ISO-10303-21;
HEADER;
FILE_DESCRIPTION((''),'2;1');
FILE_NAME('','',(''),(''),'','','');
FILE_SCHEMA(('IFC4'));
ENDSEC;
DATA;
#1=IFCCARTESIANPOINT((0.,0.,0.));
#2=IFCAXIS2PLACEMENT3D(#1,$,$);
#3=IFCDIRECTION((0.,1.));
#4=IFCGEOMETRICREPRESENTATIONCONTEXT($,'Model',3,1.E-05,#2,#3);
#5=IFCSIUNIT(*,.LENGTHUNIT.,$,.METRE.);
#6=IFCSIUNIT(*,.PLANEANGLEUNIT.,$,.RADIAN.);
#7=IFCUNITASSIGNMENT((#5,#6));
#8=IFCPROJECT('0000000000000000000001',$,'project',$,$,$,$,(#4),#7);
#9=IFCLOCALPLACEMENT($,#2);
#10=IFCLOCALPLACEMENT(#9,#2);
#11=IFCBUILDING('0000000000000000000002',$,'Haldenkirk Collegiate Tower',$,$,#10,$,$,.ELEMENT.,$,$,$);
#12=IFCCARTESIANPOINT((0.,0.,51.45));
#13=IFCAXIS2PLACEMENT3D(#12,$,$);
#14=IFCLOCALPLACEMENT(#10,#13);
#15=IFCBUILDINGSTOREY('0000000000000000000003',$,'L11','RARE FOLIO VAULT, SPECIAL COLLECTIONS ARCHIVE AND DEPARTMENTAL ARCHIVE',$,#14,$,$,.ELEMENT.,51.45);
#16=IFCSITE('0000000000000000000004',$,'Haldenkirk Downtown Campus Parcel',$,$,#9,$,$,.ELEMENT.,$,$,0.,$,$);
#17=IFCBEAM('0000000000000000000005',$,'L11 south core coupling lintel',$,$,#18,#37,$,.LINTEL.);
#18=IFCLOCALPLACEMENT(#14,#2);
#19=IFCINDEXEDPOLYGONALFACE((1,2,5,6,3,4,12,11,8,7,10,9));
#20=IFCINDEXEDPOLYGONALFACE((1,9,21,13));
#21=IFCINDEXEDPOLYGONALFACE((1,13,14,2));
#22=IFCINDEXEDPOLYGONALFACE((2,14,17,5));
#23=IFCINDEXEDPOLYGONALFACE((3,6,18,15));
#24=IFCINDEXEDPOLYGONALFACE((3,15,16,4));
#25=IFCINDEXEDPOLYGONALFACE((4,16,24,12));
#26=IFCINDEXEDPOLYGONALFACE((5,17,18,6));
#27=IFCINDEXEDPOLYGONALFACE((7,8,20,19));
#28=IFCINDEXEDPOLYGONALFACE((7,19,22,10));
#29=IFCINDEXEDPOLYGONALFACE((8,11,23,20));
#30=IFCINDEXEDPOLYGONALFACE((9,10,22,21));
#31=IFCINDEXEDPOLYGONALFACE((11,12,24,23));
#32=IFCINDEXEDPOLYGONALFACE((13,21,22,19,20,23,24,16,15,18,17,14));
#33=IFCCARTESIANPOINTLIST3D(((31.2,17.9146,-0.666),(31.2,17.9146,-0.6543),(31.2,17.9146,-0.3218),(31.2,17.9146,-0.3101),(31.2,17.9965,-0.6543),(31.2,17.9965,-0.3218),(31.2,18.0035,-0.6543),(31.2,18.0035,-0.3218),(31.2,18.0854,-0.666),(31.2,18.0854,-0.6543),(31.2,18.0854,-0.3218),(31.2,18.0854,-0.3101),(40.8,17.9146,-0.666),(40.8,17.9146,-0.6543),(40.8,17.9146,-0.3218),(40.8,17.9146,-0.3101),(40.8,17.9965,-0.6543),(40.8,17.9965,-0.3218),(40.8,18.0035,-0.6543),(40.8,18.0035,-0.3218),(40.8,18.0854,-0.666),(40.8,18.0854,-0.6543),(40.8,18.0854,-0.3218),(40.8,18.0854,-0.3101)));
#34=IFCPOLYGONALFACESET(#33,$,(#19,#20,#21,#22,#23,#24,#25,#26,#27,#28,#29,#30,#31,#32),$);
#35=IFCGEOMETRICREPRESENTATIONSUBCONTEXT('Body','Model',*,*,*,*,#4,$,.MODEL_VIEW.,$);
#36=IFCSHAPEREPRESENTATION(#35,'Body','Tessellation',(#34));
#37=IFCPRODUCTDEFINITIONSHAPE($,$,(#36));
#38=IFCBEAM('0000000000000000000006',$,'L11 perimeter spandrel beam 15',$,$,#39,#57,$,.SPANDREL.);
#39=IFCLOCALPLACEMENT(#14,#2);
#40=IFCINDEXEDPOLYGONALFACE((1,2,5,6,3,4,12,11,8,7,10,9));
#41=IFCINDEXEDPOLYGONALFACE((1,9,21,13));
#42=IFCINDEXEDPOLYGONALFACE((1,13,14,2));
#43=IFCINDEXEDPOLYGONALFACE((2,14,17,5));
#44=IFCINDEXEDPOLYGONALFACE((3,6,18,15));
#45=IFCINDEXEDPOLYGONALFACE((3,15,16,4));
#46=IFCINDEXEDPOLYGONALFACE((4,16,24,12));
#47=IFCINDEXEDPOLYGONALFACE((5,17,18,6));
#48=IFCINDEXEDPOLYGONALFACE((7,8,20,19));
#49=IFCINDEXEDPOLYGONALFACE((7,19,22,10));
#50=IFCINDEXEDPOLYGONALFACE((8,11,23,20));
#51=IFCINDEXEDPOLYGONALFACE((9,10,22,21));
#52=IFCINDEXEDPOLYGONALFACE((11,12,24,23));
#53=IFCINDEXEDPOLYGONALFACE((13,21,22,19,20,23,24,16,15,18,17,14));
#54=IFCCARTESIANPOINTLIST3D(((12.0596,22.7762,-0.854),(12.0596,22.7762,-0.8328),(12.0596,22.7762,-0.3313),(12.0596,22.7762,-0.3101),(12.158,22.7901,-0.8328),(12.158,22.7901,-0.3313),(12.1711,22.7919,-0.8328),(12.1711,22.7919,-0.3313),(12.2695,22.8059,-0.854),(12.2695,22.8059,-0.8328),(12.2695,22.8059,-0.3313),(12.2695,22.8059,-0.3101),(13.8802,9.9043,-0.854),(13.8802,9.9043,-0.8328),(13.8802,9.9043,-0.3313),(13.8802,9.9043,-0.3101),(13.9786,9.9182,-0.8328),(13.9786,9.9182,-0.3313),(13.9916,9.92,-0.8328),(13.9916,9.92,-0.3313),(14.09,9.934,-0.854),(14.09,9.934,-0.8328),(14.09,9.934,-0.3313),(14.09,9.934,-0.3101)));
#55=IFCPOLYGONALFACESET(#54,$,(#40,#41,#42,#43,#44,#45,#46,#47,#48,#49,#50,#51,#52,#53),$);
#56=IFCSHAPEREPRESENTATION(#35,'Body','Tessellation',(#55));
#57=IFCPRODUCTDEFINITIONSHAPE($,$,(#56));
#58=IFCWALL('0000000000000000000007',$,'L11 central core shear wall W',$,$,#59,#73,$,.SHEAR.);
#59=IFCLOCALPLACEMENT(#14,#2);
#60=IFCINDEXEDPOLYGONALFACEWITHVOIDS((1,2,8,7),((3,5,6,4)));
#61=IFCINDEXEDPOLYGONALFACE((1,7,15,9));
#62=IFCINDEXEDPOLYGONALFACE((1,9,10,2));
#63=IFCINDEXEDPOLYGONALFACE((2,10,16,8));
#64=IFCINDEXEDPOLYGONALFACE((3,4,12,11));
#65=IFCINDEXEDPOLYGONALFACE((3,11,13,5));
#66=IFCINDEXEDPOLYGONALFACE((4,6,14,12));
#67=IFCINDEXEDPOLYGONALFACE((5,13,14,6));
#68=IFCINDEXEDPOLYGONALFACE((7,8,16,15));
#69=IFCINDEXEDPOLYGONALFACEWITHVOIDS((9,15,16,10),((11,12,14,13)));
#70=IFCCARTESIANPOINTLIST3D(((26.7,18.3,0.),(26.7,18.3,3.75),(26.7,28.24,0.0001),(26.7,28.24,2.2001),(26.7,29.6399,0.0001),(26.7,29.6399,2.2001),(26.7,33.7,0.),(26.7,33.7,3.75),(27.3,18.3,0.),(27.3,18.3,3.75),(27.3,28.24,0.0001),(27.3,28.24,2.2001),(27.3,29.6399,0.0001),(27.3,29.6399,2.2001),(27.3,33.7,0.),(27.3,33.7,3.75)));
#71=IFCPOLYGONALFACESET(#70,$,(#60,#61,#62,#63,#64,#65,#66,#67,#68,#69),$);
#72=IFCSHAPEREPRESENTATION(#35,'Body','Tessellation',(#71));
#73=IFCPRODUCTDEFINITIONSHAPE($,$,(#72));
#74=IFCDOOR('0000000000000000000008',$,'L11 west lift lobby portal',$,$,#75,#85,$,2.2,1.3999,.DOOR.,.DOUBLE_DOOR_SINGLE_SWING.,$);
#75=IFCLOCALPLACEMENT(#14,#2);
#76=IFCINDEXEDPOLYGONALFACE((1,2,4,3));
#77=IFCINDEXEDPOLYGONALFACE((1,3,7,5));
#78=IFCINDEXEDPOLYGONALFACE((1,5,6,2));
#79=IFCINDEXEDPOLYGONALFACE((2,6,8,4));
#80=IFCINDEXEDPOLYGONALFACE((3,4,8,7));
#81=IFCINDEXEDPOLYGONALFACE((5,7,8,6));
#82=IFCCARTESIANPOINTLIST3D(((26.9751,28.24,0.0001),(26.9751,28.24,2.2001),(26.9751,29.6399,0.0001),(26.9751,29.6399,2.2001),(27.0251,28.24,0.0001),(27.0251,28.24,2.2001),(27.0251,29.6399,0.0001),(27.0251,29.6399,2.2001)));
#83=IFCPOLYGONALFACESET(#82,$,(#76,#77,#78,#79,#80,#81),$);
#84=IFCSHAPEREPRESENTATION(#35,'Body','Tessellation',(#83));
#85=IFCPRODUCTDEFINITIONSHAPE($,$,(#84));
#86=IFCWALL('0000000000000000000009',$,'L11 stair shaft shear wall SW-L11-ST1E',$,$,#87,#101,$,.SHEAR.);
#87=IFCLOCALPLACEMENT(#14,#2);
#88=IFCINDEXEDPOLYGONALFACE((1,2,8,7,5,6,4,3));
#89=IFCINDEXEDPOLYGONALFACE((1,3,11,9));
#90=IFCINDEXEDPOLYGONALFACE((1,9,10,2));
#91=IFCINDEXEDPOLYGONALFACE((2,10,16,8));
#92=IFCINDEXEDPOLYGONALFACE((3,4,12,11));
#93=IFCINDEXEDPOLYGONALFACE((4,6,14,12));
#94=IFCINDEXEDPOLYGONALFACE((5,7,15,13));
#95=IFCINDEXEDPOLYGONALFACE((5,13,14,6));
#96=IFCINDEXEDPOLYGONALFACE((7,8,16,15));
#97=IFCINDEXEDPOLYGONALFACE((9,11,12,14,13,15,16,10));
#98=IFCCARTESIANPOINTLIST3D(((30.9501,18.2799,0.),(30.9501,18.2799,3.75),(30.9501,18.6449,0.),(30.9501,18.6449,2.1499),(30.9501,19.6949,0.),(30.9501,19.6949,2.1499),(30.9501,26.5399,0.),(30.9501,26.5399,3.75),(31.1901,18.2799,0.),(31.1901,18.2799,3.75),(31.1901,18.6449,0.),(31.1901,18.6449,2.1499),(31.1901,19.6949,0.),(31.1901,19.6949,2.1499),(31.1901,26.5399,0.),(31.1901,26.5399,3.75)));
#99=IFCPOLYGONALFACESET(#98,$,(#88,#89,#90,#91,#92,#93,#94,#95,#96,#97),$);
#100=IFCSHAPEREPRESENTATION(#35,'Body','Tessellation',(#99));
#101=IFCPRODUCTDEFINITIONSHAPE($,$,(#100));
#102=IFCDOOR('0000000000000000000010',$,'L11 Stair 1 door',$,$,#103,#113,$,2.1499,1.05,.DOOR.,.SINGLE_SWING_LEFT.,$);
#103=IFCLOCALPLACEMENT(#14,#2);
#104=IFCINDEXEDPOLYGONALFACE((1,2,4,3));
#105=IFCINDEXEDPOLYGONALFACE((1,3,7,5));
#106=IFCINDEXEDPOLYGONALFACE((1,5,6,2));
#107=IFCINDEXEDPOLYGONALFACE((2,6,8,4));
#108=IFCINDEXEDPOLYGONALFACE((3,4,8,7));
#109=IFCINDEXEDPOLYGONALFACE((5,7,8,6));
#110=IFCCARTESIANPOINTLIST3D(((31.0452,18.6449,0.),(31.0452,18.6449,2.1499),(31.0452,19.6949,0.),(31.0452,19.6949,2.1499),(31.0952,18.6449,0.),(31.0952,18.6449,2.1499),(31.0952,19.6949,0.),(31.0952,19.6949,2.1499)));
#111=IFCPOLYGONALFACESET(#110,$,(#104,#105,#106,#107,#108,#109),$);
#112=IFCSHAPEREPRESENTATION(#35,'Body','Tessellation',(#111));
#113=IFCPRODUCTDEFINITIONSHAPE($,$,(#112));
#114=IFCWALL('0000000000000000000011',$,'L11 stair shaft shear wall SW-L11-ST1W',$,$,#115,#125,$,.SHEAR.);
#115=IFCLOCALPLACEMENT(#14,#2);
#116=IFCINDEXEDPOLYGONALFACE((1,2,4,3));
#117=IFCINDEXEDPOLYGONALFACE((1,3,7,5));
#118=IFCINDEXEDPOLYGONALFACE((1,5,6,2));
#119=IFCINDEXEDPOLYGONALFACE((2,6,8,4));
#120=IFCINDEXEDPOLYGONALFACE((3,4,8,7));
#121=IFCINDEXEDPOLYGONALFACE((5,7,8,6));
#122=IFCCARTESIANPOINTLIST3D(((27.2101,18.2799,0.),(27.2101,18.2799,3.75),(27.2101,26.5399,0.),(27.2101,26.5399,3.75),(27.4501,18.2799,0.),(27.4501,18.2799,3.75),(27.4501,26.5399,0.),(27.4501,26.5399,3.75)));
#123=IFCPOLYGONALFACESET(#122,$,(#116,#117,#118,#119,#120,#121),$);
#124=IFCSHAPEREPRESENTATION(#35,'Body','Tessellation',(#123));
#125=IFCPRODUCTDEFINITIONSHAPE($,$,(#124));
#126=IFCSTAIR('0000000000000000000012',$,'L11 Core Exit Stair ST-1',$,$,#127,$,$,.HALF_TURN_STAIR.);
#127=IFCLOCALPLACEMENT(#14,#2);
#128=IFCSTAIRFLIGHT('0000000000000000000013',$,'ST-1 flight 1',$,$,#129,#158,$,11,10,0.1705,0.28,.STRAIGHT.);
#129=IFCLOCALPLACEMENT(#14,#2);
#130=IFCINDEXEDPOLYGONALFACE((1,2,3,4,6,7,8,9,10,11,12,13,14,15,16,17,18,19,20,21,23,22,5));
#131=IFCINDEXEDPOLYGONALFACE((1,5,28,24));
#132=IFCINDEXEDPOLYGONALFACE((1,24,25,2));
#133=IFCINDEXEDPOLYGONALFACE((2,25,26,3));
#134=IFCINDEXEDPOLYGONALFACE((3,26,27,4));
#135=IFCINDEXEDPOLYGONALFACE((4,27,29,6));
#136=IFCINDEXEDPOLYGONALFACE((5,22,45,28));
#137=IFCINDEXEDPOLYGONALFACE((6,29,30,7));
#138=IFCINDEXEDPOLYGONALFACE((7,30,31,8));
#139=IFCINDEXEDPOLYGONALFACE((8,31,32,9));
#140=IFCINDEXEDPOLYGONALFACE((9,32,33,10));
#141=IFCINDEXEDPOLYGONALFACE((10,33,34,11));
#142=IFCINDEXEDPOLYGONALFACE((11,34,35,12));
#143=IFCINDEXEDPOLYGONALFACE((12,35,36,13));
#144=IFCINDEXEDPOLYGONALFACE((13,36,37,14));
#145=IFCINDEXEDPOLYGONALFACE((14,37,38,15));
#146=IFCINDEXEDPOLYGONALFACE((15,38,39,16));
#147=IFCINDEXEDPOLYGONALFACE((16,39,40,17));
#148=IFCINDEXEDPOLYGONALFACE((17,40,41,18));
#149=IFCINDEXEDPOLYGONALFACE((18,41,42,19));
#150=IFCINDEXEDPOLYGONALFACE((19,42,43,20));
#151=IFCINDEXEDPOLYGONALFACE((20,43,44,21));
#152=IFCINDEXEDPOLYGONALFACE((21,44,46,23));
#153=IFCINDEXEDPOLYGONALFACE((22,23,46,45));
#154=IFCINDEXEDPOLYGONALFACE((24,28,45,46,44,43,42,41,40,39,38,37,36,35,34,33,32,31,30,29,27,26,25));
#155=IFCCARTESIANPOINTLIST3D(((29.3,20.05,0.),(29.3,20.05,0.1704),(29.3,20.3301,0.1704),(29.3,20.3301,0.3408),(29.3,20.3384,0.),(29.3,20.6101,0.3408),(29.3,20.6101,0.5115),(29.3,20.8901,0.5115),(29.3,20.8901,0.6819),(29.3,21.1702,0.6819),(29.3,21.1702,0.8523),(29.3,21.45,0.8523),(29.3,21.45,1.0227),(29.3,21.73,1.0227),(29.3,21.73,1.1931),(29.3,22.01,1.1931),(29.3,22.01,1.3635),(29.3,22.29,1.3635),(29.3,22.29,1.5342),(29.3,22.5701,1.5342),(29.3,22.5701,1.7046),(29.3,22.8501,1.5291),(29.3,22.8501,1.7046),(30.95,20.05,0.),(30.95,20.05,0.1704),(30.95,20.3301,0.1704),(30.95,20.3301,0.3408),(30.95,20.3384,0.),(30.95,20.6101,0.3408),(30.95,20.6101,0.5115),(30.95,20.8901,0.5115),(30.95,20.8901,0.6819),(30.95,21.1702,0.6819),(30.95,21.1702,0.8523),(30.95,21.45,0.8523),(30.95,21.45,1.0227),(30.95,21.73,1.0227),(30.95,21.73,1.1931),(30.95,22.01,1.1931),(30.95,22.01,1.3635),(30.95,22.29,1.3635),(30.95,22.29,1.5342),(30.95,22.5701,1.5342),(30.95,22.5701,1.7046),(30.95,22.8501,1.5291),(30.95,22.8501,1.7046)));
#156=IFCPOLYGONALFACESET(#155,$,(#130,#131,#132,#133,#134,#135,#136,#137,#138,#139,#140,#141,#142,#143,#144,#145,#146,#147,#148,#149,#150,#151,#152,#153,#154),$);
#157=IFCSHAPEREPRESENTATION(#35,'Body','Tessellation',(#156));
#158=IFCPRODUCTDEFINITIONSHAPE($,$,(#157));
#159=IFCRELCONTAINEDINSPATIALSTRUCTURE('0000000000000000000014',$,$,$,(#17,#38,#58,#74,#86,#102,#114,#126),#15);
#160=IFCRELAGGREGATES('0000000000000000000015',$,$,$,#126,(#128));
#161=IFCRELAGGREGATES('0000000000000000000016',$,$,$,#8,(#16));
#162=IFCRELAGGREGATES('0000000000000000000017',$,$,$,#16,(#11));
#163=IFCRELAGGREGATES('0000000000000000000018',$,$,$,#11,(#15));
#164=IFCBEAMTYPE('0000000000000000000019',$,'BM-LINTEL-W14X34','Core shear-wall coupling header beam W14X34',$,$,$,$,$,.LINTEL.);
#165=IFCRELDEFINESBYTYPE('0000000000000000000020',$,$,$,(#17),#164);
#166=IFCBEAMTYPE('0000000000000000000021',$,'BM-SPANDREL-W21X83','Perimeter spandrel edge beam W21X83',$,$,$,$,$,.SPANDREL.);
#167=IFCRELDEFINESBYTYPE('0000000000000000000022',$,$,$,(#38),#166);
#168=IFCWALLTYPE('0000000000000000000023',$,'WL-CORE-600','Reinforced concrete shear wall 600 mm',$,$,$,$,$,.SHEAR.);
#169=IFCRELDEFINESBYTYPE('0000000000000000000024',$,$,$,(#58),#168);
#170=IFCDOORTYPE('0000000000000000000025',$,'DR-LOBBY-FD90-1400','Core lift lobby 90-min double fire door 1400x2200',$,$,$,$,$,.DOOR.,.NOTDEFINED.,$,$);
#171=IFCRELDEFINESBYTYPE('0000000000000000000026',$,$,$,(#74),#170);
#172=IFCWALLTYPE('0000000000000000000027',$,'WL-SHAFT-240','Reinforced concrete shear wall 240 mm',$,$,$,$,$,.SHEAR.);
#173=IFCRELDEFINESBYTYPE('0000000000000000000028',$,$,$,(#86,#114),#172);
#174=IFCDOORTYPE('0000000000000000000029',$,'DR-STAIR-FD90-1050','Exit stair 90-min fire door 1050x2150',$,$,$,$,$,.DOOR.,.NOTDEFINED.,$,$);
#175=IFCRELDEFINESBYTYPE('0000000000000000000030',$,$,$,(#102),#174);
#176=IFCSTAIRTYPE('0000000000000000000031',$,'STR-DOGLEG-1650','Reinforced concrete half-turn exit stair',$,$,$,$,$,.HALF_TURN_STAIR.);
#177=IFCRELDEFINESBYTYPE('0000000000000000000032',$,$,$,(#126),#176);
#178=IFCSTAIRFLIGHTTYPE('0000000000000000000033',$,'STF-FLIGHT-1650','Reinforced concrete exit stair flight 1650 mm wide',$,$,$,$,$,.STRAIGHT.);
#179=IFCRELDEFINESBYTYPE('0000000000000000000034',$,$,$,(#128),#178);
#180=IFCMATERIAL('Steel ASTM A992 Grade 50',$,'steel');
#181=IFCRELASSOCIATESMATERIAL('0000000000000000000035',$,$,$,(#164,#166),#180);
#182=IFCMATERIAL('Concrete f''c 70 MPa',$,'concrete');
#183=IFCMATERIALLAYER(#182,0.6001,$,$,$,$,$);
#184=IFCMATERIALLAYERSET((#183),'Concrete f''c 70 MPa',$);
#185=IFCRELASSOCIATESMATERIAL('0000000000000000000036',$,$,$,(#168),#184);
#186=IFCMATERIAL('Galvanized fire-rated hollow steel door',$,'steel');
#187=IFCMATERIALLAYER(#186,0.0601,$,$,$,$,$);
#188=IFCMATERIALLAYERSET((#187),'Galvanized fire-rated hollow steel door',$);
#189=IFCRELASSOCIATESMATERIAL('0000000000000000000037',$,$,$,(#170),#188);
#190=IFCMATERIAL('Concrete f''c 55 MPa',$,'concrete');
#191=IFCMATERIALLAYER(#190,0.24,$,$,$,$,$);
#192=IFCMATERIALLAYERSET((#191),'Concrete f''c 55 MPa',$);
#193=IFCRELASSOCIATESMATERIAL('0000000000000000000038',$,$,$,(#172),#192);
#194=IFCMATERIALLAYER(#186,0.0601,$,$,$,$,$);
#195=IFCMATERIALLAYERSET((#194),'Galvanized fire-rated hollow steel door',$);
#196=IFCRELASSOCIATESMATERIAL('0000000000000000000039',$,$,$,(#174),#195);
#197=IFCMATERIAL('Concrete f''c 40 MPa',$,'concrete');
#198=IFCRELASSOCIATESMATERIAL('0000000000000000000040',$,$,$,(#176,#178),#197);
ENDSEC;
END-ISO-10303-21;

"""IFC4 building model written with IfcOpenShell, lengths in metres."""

from ifc_helpers import new_model, si_unit, direction, frame, frame_2d, origin, origin_2d, place, context, subcontext, project, spatial, polyline, rectangle, i_section, outline, extrude, material, layer, layer_set, material_profile, profile_set, type_object, element, fill, aggregate, save


model = new_model("IFC4")

# Units and contexts
model_context = context("Model", 3, precision=1e-05, world=origin(), true_north=direction((0.0, 1.0)))
body_context = subcontext(model_context, "Body", "Model", "MODEL_VIEW")
ifc_project = project(units=[si_unit("LENGTHUNIT", "METRE"), si_unit("PLANEANGLEUNIT", "RADIAN")], contexts=[model_context])

# Site, building, storey
site_placement = place(None, origin())
site = spatial("IfcSite", under=ifc_project, at=site_placement, Name="Haldenkirk Downtown Campus Parcel", CompositionType="ELEMENT", RefElevation=0.0)
building_placement = place(site_placement, origin())
building = spatial("IfcBuilding", under=site, at=building_placement, Name="Haldenkirk Collegiate Tower", CompositionType="ELEMENT")
storey_placement = place(building_placement, frame((0.0, 0.0, 51.45)))
storey = spatial("IfcBuildingStorey", under=building, at=storey_placement, Name="L11", Description="RARE FOLIO VAULT, SPECIAL COLLECTIONS ARCHIVE AND DEPARTMENTAL ARCHIVE", CompositionType="ELEMENT", Elevation=51.45)

# Beams
ifc_material_1 = material(Name="Steel ASTM A992 Grade 50", Category="steel")
ifc_material_profile_1 = material_profile(ifc_material_1, i_section(OverallWidth=0.1709, OverallDepth=0.356, WebThickness=0.0071, FlangeThickness=0.0117, at=origin_2d()), Name="W14X34")
ifc_profile_set_1 = profile_set([ifc_material_profile_1], Name="Steel ASTM A992 Grade 50")
beam_type_1 = type_object("IfcBeamType", Name="BM-LINTEL-W14X34", Description="Core shear-wall coupling header beam W14X34", PredefinedType="LINTEL", material=ifc_profile_set_1)
beam_1_placement = place(storey_placement, frame((31.2, 18.0, -0.488), z_axis=(1.0, 0.0, 0.0), x_axis=(0.0, 1.0, 0.0)))
element("IfcBeam", 1, at=beam_1_placement, inside=storey, type_object=beam_type_1, Name="L11 south core coupling lintel", PredefinedType="LINTEL", context=body_context, shape_type="SweptSolid", body=[
    extrude(i_section(OverallWidth=0.1709, OverallDepth=0.356, WebThickness=0.0071, FlangeThickness=0.0117, at=origin_2d()), origin(), (0.0, 0.0, 1.0), 9.6001),
])
ifc_material_profile_2 = material_profile(ifc_material_1, i_section(OverallWidth=0.2119, OverallDepth=0.5439, WebThickness=0.0132, FlangeThickness=0.0212, at=origin_2d()), Name="W21X83")
ifc_profile_set_2 = profile_set([ifc_material_profile_2], Name="Steel ASTM A992 Grade 50")
beam_type_2 = type_object("IfcBeamType", Name="BM-SPANDREL-W21X83", Description="Perimeter spandrel edge beam W21X83", PredefinedType="SPANDREL", material=ifc_profile_set_2)
beam_2_placement = place(storey_placement, frame((12.1646, 22.791, -0.582), z_axis=(0.140044, -0.990145, 0.0), x_axis=(0.990145, 0.140044, 0.0)))
element("IfcBeam", 2, at=beam_2_placement, inside=storey, type_object=beam_type_2, Name="L11 perimeter spandrel beam 15", PredefinedType="SPANDREL", context=body_context, shape_type="SweptSolid", body=[
    extrude(i_section(OverallWidth=0.2119, OverallDepth=0.5439, WebThickness=0.0132, FlangeThickness=0.0212, at=origin_2d()), origin(), (0.0, 0.0, 1.0), 13.0),
])

# Wall, opening, door
ifc_material_2 = material(Name="Concrete f'c 70 MPa", Category="concrete")
ifc_layer_1 = layer(ifc_material_2, 0.6001)
ifc_layer_set_1 = layer_set([ifc_layer_1], Name="Concrete f'c 70 MPa")
wall_type_1 = type_object("IfcWallType", Name="WL-CORE-600", Description="Reinforced concrete shear wall 600 mm", PredefinedType="SHEAR", material=ifc_layer_set_1)
wall_1_placement = place(storey_placement, frame((27.0, 18.3, 0.0), z_axis=(0.0, 0.0, 1.0), x_axis=(0.0, 1.0, 0.0)))
wall_1 = element("IfcWall", 3, at=wall_1_placement, inside=storey, type_object=wall_type_1, Name="L11 central core shear wall W", PredefinedType="SHEAR", context=body_context, shape_type="SweptSolid", body=[
    extrude(rectangle(XDim=15.3999, YDim=0.6001, at=frame_2d((7.7, 0.0))), origin(), (0.0, 0.0, 1.0), 3.75),
])
opening_1_placement = place(wall_1_placement, frame((9.9399, 0.0, 0.0)))
opening_1 = element("IfcOpeningElement", 4, at=opening_1_placement, cuts=wall_1, PredefinedType="OPENING", context=body_context, shape_type="SweptSolid", body=[
    extrude(rectangle(XDim=1.3999, YDim=2.2, at=frame_2d((0.7, 1.1001))), frame((0.0, 0.3101, 0.0), z_axis=(0.0, -1.0, 0.0), x_axis=(1.0, 0.0, 0.0)), (0.0, 0.0, 1.0), 0.6201),
])
ifc_material_3 = material(Name="Galvanized fire-rated hollow steel door", Category="steel")
ifc_layer_2 = layer(ifc_material_3, 0.0601)
ifc_layer_set_2 = layer_set([ifc_layer_2], Name="Galvanized fire-rated hollow steel door")
door_type_1 = type_object("IfcDoorType", Name="DR-LOBBY-FD90-1400", Description="Core lift lobby 90-min double fire door 1400x2200", OperationType="NOTDEFINED", PredefinedType="DOOR", material=ifc_layer_set_2)
door_1_placement = place(opening_1_placement, origin())
door_1 = element("IfcDoor", 5, at=door_1_placement, inside=storey, type_object=door_type_1, Name="L11 west lift lobby portal", OperationType="DOUBLE_DOOR_SINGLE_SWING", OverallHeight=2.2, OverallWidth=1.3999, PredefinedType="DOOR", context=body_context, shape_type="SweptSolid", body=[
    extrude(rectangle(XDim=1.3999, YDim=2.2, at=frame_2d((0.7, 1.1001))), frame((0.0, 0.0249, 0.0), z_axis=(0.0, -1.0, 0.0), x_axis=(1.0, 0.0, 0.0)), (0.0, 0.0, 1.0), 0.05),
])
fill(opening_1, door_1)

# Wall, opening, door
ifc_material_4 = material(Name="Concrete f'c 55 MPa", Category="concrete")
ifc_layer_3 = layer(ifc_material_4, 0.24)
ifc_layer_set_3 = layer_set([ifc_layer_3], Name="Concrete f'c 55 MPa")
wall_type_2 = type_object("IfcWallType", Name="WL-SHAFT-240", Description="Reinforced concrete shear wall 240 mm", PredefinedType="SHEAR", material=ifc_layer_set_3)
wall_2_placement = place(storey_placement, frame((31.0701, 18.28, 0.0), z_axis=(0.0, 0.0, 1.0), x_axis=(0.0, 1.0, 0.0)))
wall_2 = element("IfcWall", 6, at=wall_2_placement, inside=storey, type_object=wall_type_2, Name="L11 stair shaft shear wall SW-L11-ST1E", PredefinedType="SHEAR", context=body_context, shape_type="SweptSolid", body=[
    extrude(rectangle(XDim=8.26, YDim=0.24, at=frame_2d((4.1299, 0.0))), origin(), (0.0, 0.0, 1.0), 3.75),
])
opening_2_placement = place(wall_2_placement, frame((0.365, 0.0, 0.0)))
opening_2 = element("IfcOpeningElement", 7, at=opening_2_placement, cuts=wall_2, PredefinedType="OPENING", context=body_context, shape_type="SweptSolid", body=[
    extrude(rectangle(XDim=1.05, YDim=2.1499, at=frame_2d((0.5249, 1.075))), frame((0.0, 0.1299, 0.0), z_axis=(0.0, -1.0, 0.0), x_axis=(1.0, 0.0, 0.0)), (0.0, 0.0, 1.0), 0.26),
])
ifc_layer_4 = layer(ifc_material_3, 0.0601)
ifc_layer_set_4 = layer_set([ifc_layer_4], Name="Galvanized fire-rated hollow steel door")
door_type_2 = type_object("IfcDoorType", Name="DR-STAIR-FD90-1050", Description="Exit stair 90-min fire door 1050x2150", OperationType="NOTDEFINED", PredefinedType="DOOR", material=ifc_layer_set_4)
door_2_placement = place(opening_2_placement, origin())
door_2 = element("IfcDoor", 8, at=door_2_placement, inside=storey, type_object=door_type_2, Name="L11 Stair 1 door", OperationType="SINGLE_SWING_LEFT", OverallHeight=2.1499, OverallWidth=1.05, PredefinedType="DOOR", context=body_context, shape_type="SweptSolid", body=[
    extrude(rectangle(XDim=1.05, YDim=2.1499, at=frame_2d((0.5249, 1.075))), frame((0.0, 0.0249, 0.0), z_axis=(0.0, -1.0, 0.0), x_axis=(1.0, 0.0, 0.0)), (0.0, 0.0, 1.0), 0.05),
])
fill(opening_2, door_2)

# Wall
wall_3_placement = place(storey_placement, frame((27.3301, 18.28, 0.0), z_axis=(0.0, 0.0, 1.0), x_axis=(0.0, 1.0, 0.0)))
element("IfcWall", 9, at=wall_3_placement, inside=storey, type_object=wall_type_2, Name="L11 stair shaft shear wall SW-L11-ST1W", PredefinedType="SHEAR", context=body_context, shape_type="SweptSolid", body=[
    extrude(rectangle(XDim=8.26, YDim=0.24, at=frame_2d((4.1299, 0.0))), origin(), (0.0, 0.0, 1.0), 3.75),
])

# Stair, stair flight
ifc_material_5 = material(Name="Concrete f'c 40 MPa", Category="concrete")
stair_type = type_object("IfcStairType", Name="STR-DOGLEG-1650", Description="Reinforced concrete half-turn exit stair", PredefinedType="HALF_TURN_STAIR", material=ifc_material_5)
stair_placement = place(storey_placement, origin())
stair = element("IfcStair", 10, at=stair_placement, inside=storey, type_object=stair_type, Name="L11 Core Exit Stair ST-1", PredefinedType="HALF_TURN_STAIR")
stair_flight_type = type_object("IfcStairFlightType", Name="STF-FLIGHT-1650", Description="Reinforced concrete exit stair flight 1650 mm wide", PredefinedType="STRAIGHT", material=ifc_material_5)
stair_flight_placement = place(storey_placement, frame((30.125, 20.05, 0.0), z_axis=(0.0, 0.0, 1.0), x_axis=(0.0, 1.0, 0.0)))
stair_flight = element("IfcStairFlight", 11, at=stair_flight_placement, type_object=stair_flight_type, Name="ST-1 flight 1", NumberOfRisers=11, NumberOfTreads=10, PredefinedType="STRAIGHT", RiserHeight=0.1705, TreadLength=0.28, context=body_context, shape_type="SweptSolid", body=[
    extrude(outline(polyline([(0.0, 0.0), (0.0, 0.1704), (0.28, 0.1704), (0.28, 0.3408), (0.5601, 0.3408), (0.5601, 0.5115), (0.8401, 0.5115), (0.8401, 0.6819), (1.1201, 0.6819), (1.1201, 0.8523), (1.3999, 0.8523), (1.3999, 1.0227), (1.6799, 1.0227), (1.6799, 1.1931), (1.96, 1.1931), (1.96, 1.3635), (2.24, 1.3635), (2.24, 1.5342), (2.52, 1.5342), (2.52, 1.7046), (2.8, 1.7046), (2.8, 1.875), (2.8, 1.5291), (0.2883, 0.0), (0.0, 0.0)])), frame((0.0, 0.825, 0.0), z_axis=(0.0, -1.0, 0.0), x_axis=(1.0, 0.0, 0.0)), (0.0, 0.0, 1.0), 1.6499),
])
aggregate(stair, [stair_flight])

save(model, "model.ifc")
